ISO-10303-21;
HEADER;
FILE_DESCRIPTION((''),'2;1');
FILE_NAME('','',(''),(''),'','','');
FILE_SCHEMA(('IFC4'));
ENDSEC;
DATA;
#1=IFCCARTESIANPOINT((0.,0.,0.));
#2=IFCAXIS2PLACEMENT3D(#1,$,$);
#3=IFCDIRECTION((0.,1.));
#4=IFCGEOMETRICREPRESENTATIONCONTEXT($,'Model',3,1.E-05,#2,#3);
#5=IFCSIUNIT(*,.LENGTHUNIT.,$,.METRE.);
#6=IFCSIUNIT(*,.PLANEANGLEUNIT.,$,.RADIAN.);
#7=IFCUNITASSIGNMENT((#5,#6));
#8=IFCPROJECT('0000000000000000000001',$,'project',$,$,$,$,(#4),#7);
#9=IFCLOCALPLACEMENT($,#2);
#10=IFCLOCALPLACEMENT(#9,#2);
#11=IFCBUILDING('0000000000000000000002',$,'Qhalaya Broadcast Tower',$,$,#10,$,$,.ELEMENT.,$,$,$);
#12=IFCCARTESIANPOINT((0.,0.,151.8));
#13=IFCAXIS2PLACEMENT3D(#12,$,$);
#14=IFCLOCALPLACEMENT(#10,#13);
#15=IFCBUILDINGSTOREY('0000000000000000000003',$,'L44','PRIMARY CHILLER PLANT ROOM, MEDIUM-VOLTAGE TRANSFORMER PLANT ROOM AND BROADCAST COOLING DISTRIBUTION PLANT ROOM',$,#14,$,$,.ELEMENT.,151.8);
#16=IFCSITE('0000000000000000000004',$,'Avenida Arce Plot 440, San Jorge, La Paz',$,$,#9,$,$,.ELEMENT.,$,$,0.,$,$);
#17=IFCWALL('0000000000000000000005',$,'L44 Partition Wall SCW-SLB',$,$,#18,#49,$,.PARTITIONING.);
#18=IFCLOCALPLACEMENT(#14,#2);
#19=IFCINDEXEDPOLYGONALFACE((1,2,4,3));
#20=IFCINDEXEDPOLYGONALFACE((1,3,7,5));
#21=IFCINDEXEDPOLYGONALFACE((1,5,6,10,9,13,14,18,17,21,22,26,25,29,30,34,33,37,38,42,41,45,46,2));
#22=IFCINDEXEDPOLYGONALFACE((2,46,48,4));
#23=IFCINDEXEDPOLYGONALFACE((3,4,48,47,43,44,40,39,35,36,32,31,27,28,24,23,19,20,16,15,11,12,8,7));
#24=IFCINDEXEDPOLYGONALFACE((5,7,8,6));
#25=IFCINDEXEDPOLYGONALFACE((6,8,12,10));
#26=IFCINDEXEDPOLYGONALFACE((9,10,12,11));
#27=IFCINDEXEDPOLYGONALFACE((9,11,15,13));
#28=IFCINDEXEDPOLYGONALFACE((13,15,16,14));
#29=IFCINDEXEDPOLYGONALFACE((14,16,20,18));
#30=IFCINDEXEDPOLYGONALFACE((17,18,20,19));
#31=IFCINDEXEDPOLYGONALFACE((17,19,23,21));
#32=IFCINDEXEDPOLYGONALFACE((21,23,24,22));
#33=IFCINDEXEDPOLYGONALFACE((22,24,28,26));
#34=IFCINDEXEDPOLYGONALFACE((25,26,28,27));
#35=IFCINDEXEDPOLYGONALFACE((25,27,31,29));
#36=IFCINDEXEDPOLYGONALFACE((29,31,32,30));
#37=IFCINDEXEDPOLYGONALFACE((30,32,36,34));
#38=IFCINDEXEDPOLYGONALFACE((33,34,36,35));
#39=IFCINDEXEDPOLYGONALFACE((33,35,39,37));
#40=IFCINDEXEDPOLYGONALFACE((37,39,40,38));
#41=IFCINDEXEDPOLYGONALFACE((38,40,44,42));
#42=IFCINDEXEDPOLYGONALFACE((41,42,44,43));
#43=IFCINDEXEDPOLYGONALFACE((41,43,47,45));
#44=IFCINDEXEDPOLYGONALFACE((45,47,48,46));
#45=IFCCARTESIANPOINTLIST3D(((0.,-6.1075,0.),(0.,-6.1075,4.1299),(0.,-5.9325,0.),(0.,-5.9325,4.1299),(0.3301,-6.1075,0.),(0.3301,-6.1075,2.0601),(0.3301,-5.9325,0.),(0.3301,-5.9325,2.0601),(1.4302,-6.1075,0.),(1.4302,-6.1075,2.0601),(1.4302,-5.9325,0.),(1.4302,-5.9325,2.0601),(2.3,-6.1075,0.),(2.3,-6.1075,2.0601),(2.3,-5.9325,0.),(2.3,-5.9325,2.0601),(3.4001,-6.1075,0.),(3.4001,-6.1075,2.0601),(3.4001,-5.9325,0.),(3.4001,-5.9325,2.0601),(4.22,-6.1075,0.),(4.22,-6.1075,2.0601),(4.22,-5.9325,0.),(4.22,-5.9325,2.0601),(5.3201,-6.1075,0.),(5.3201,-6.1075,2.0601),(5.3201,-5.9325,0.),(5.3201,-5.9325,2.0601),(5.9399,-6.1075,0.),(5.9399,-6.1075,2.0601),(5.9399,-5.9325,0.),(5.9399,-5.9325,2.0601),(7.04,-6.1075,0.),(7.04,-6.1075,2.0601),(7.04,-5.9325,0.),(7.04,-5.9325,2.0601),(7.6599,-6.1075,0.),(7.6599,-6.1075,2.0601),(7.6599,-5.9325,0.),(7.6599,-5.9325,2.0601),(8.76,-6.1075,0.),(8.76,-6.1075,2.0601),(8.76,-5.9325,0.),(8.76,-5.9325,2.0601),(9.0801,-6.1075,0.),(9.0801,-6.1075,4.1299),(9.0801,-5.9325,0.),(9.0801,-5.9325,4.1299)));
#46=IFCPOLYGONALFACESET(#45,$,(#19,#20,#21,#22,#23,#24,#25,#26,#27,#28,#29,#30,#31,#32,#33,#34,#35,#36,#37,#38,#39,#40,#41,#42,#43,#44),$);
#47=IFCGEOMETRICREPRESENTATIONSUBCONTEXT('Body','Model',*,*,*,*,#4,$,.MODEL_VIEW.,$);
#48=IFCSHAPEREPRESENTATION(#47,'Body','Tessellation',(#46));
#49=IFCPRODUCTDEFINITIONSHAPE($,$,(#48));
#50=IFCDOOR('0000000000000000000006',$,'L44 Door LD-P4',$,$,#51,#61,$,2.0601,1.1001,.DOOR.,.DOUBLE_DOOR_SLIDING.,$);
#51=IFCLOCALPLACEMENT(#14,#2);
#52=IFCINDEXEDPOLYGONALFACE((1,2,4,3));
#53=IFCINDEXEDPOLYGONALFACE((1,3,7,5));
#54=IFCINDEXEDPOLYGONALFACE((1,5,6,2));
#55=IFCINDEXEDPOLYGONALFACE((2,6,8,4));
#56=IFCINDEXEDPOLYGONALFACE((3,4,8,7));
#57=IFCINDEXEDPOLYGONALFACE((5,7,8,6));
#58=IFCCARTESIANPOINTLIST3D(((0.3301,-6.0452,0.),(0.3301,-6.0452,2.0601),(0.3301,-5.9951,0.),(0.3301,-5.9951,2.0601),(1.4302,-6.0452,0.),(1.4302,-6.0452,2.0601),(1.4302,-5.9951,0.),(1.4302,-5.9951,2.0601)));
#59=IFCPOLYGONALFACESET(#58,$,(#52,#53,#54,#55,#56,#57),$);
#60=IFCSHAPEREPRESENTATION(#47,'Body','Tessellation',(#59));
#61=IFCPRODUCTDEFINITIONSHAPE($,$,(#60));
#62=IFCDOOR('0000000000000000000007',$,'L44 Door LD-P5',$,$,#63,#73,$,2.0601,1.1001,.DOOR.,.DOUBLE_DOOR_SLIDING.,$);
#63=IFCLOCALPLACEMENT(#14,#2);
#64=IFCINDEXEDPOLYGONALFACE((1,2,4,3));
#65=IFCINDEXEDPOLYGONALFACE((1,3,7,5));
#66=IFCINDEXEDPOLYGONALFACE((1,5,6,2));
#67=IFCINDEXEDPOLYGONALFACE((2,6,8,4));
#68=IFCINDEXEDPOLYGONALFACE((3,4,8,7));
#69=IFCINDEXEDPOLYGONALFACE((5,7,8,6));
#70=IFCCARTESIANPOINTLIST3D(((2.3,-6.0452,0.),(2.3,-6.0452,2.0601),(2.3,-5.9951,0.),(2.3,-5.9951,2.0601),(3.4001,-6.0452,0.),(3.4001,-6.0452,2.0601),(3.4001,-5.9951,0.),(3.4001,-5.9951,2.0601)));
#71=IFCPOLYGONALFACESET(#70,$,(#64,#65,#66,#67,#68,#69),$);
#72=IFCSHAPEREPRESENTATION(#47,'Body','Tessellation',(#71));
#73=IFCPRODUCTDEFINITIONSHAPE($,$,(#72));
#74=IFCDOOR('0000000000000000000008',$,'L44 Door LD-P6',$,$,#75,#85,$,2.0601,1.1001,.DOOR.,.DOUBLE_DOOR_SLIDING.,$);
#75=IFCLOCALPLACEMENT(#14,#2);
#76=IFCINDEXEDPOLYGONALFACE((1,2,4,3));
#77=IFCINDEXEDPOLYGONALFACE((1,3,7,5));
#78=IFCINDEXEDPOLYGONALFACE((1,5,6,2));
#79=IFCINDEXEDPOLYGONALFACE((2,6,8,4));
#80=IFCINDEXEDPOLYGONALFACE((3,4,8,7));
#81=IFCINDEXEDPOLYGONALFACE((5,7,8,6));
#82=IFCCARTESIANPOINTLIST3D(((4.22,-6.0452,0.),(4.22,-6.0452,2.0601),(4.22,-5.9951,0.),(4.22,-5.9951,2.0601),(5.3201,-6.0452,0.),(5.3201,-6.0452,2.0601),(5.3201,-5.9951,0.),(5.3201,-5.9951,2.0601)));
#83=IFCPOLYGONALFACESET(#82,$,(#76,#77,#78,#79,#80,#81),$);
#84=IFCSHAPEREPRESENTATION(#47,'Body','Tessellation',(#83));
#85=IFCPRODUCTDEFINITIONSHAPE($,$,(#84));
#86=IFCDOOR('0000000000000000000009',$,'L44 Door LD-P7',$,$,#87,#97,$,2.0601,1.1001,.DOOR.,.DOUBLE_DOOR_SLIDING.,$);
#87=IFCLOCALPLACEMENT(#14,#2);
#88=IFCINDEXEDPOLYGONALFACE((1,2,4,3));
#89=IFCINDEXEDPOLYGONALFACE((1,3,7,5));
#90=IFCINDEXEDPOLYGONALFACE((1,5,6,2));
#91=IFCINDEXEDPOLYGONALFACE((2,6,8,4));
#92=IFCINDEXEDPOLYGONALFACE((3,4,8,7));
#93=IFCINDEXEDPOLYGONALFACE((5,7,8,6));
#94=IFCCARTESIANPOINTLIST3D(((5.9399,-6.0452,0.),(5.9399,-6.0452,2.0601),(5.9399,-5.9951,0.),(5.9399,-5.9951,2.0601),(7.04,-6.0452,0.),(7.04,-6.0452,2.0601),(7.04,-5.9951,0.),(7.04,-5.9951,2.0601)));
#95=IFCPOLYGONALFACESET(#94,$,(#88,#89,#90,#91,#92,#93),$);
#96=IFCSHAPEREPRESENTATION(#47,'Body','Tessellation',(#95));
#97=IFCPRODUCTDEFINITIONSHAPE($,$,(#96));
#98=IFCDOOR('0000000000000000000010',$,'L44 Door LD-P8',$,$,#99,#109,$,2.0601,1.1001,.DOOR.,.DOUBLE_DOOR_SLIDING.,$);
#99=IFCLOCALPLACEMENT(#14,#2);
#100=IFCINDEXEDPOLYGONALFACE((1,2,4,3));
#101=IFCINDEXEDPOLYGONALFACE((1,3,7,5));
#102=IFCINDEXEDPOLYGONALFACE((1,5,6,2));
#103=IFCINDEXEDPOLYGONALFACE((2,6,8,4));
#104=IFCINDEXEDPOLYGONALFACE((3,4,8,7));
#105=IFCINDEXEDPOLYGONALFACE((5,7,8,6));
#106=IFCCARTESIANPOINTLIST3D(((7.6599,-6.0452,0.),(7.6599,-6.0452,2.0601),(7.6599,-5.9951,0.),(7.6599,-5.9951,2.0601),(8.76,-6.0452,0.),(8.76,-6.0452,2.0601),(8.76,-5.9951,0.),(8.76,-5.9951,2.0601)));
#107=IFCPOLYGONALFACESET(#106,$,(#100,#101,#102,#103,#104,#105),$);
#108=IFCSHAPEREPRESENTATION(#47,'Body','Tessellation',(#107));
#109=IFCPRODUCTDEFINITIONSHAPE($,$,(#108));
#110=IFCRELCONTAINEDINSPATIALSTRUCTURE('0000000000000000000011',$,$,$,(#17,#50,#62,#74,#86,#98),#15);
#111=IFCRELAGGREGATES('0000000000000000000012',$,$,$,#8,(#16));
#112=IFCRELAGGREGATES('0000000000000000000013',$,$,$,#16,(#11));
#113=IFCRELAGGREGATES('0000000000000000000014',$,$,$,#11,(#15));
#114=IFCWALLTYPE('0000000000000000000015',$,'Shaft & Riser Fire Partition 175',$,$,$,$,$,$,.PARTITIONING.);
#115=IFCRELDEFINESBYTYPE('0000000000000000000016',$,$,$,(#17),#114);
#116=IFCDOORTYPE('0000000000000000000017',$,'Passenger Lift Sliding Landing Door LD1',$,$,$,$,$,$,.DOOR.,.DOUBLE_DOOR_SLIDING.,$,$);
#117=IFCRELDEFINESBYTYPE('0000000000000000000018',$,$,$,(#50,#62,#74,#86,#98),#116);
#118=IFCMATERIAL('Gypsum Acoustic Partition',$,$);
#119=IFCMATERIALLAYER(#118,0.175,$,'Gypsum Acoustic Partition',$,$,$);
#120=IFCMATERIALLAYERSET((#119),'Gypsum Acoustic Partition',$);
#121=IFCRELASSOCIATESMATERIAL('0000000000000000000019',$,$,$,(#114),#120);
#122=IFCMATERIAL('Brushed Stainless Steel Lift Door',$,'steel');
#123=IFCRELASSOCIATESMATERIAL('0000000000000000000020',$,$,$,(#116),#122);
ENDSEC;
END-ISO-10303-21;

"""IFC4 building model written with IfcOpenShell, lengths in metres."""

from ifc_helpers import new_model, si_unit, direction, frame, frame_2d, origin, place, context, subcontext, project, spatial, rectangle, extrude, material, layer, layer_set, type_object, element, fill, save


model = new_model("IFC4")

# Units and contexts
model_context = context("Model", 3, precision=1e-05, world=origin(), true_north=direction((0.0, 1.0)))
body_context = subcontext(model_context, "Body", "Model", "MODEL_VIEW")
ifc_project = project(units=[si_unit("LENGTHUNIT", "METRE"), si_unit("PLANEANGLEUNIT", "RADIAN")], contexts=[model_context])

# Site, building, storey
site_placement = place(None, origin())
site = spatial("IfcSite", under=ifc_project, at=site_placement, Name="Avenida Arce Plot 440, San Jorge, La Paz", CompositionType="ELEMENT", RefElevation=0.0)
building_placement = place(site_placement, origin())
building = spatial("IfcBuilding", under=site, at=building_placement, Name="Qhalaya Broadcast Tower", CompositionType="ELEMENT")
storey_placement = place(building_placement, frame((0.0, 0.0, 151.8)))
storey = spatial("IfcBuildingStorey", under=building, at=storey_placement, Name="L44", Description="PRIMARY CHILLER PLANT ROOM, MEDIUM-VOLTAGE TRANSFORMER PLANT ROOM AND BROADCAST COOLING DISTRIBUTION PLANT ROOM", CompositionType="ELEMENT", Elevation=151.8)

# Shared definitions
ifc_material_1 = material(Name="Gypsum Acoustic Partition")

# Shared definitions
ifc_layer_1 = layer(ifc_material_1, 0.175, Name="Gypsum Acoustic Partition")
ifc_layer_set_1 = layer_set([ifc_layer_1], Name="Gypsum Acoustic Partition")
wall_type_1 = type_object("IfcWallType", Name="Shaft & Riser Fire Partition 175", PredefinedType="PARTITIONING", material=ifc_layer_set_1)

# Wall, openings, doors
wall_1_placement = place(storey_placement, frame((0.0, -6.02, 0.0), z_axis=(0.0, 0.0, 1.0), x_axis=(1.0, 0.0, 0.0)))
wall_1 = element("IfcWall", 1, at=wall_1_placement, inside=storey, type_object=wall_type_1, Name="L44 Partition Wall SCW-SLB", PredefinedType="PARTITIONING", context=body_context, shape_type="SweptSolid", body=[
    extrude(rectangle(XDim=9.0801, YDim=0.175, at=frame_2d((4.54, 0.0))), origin(), (0.0, 0.0, 1.0), 4.1299),
])
opening_1_placement = place(wall_1_placement, frame((0.3301, 0.0, 0.0)))
opening_1 = element("IfcOpeningElement", 2, at=opening_1_placement, cuts=wall_1, PredefinedType="OPENING", context=body_context, shape_type="SweptSolid", body=[
    extrude(rectangle(XDim=1.1001, YDim=2.0601, at=frame_2d((0.55, 1.03))), frame((0.0, 0.0996, 0.0), z_axis=(0.0, -1.0, 0.0), x_axis=(1.0, 0.0, 0.0)), (0.0, 0.0, 1.0), 0.199),
])
opening_2_placement = place(wall_1_placement, frame((2.3, 0.0, 0.0)))
opening_2 = element("IfcOpeningElement", 3, at=opening_2_placement, cuts=wall_1, PredefinedType="OPENING", context=body_context, shape_type="SweptSolid", body=[
    extrude(rectangle(XDim=1.1001, YDim=2.0601, at=frame_2d((0.55, 1.03))), frame((0.0, 0.0996, 0.0), z_axis=(0.0, -1.0, 0.0), x_axis=(1.0, 0.0, 0.0)), (0.0, 0.0, 1.0), 0.199),
])
opening_3_placement = place(wall_1_placement, frame((4.22, 0.0, 0.0)))
opening_3 = element("IfcOpeningElement", 4, at=opening_3_placement, cuts=wall_1, PredefinedType="OPENING", context=body_context, shape_type="SweptSolid", body=[
    extrude(rectangle(XDim=1.1001, YDim=2.0601, at=frame_2d((0.55, 1.03))), frame((0.0, 0.0996, 0.0), z_axis=(0.0, -1.0, 0.0), x_axis=(1.0, 0.0, 0.0)), (0.0, 0.0, 1.0), 0.199),
])
opening_4_placement = place(wall_1_placement, frame((5.9399, 0.0, 0.0)))
opening_4 = element("IfcOpeningElement", 5, at=opening_4_placement, cuts=wall_1, PredefinedType="OPENING", context=body_context, shape_type="SweptSolid", body=[
    extrude(rectangle(XDim=1.1001, YDim=2.0601, at=frame_2d((0.55, 1.03))), frame((0.0, 0.0996, 0.0), z_axis=(0.0, -1.0, 0.0), x_axis=(1.0, 0.0, 0.0)), (0.0, 0.0, 1.0), 0.199),
])
opening_5_placement = place(wall_1_placement, frame((7.6599, 0.0, 0.0)))
opening_5 = element("IfcOpeningElement", 6, at=opening_5_placement, cuts=wall_1, PredefinedType="OPENING", context=body_context, shape_type="SweptSolid", body=[
    extrude(rectangle(XDim=1.1001, YDim=2.0601, at=frame_2d((0.55, 1.03))), frame((0.0, 0.0996, 0.0), z_axis=(0.0, -1.0, 0.0), x_axis=(1.0, 0.0, 0.0)), (0.0, 0.0, 1.0), 0.199),
])
ifc_material_2 = material(Name="Brushed Stainless Steel Lift Door", Category="steel")
door_type_1 = type_object("IfcDoorType", Name="Passenger Lift Sliding Landing Door LD1", OperationType="DOUBLE_DOOR_SLIDING", PredefinedType="DOOR", material=ifc_material_2)
door_1_placement = place(opening_1_placement, origin())
door_1 = element("IfcDoor", 7, at=door_1_placement, inside=storey, type_object=door_type_1, Name="L44 Door LD-P4", OperationType="DOUBLE_DOOR_SLIDING", OverallHeight=2.0601, OverallWidth=1.1001, PredefinedType="DOOR", context=body_context, shape_type="SweptSolid", body=[
    extrude(rectangle(XDim=1.1001, YDim=2.0601, at=frame_2d((0.55, 1.03))), frame((0.0, 0.0249, 0.0), z_axis=(0.0, -1.0, 0.0), x_axis=(1.0, 0.0, 0.0)), (0.0, 0.0, 1.0), 0.05),
])
fill(opening_1, door_1)
door_2_placement = place(opening_2_placement, origin())
door_2 = element("IfcDoor", 8, at=door_2_placement, inside=storey, type_object=door_type_1, Name="L44 Door LD-P5", OperationType="DOUBLE_DOOR_SLIDING", OverallHeight=2.0601, OverallWidth=1.1001, PredefinedType="DOOR", context=body_context, shape_type="SweptSolid", body=[
    extrude(rectangle(XDim=1.1001, YDim=2.0601, at=frame_2d((0.55, 1.03))), frame((0.0, 0.0249, 0.0), z_axis=(0.0, -1.0, 0.0), x_axis=(1.0, 0.0, 0.0)), (0.0, 0.0, 1.0), 0.05),
])
fill(opening_2, door_2)
door_3_placement = place(opening_3_placement, origin())
door_3 = element("IfcDoor", 9, at=door_3_placement, inside=storey, type_object=door_type_1, Name="L44 Door LD-P6", OperationType="DOUBLE_DOOR_SLIDING", OverallHeight=2.0601, OverallWidth=1.1001, PredefinedType="DOOR", context=body_context, shape_type="SweptSolid", body=[
    extrude(rectangle(XDim=1.1001, YDim=2.0601, at=frame_2d((0.55, 1.03))), frame((0.0, 0.0249, 0.0), z_axis=(0.0, -1.0, 0.0), x_axis=(1.0, 0.0, 0.0)), (0.0, 0.0, 1.0), 0.05),
])
fill(opening_3, door_3)
door_4_placement = place(opening_4_placement, origin())
door_4 = element("IfcDoor", 10, at=door_4_placement, inside=storey, type_object=door_type_1, Name="L44 Door LD-P7", OperationType="DOUBLE_DOOR_SLIDING", OverallHeight=2.0601, OverallWidth=1.1001, PredefinedType="DOOR", context=body_context, shape_type="SweptSolid", body=[
    extrude(rectangle(XDim=1.1001, YDim=2.0601, at=frame_2d((0.55, 1.03))), frame((0.0, 0.0249, 0.0), z_axis=(0.0, -1.0, 0.0), x_axis=(1.0, 0.0, 0.0)), (0.0, 0.0, 1.0), 0.05),
])
fill(opening_4, door_4)
door_5_placement = place(opening_5_placement, origin())
door_5 = element("IfcDoor", 11, at=door_5_placement, inside=storey, type_object=door_type_1, Name="L44 Door LD-P8", OperationType="DOUBLE_DOOR_SLIDING", OverallHeight=2.0601, OverallWidth=1.1001, PredefinedType="DOOR", context=body_context, shape_type="SweptSolid", body=[
    extrude(rectangle(XDim=1.1001, YDim=2.0601, at=frame_2d((0.55, 1.03))), frame((0.0, 0.0249, 0.0), z_axis=(0.0, -1.0, 0.0), x_axis=(1.0, 0.0, 0.0)), (0.0, 0.0, 1.0), 0.05),
])
fill(opening_5, door_5)

save(model, "model.ifc")
